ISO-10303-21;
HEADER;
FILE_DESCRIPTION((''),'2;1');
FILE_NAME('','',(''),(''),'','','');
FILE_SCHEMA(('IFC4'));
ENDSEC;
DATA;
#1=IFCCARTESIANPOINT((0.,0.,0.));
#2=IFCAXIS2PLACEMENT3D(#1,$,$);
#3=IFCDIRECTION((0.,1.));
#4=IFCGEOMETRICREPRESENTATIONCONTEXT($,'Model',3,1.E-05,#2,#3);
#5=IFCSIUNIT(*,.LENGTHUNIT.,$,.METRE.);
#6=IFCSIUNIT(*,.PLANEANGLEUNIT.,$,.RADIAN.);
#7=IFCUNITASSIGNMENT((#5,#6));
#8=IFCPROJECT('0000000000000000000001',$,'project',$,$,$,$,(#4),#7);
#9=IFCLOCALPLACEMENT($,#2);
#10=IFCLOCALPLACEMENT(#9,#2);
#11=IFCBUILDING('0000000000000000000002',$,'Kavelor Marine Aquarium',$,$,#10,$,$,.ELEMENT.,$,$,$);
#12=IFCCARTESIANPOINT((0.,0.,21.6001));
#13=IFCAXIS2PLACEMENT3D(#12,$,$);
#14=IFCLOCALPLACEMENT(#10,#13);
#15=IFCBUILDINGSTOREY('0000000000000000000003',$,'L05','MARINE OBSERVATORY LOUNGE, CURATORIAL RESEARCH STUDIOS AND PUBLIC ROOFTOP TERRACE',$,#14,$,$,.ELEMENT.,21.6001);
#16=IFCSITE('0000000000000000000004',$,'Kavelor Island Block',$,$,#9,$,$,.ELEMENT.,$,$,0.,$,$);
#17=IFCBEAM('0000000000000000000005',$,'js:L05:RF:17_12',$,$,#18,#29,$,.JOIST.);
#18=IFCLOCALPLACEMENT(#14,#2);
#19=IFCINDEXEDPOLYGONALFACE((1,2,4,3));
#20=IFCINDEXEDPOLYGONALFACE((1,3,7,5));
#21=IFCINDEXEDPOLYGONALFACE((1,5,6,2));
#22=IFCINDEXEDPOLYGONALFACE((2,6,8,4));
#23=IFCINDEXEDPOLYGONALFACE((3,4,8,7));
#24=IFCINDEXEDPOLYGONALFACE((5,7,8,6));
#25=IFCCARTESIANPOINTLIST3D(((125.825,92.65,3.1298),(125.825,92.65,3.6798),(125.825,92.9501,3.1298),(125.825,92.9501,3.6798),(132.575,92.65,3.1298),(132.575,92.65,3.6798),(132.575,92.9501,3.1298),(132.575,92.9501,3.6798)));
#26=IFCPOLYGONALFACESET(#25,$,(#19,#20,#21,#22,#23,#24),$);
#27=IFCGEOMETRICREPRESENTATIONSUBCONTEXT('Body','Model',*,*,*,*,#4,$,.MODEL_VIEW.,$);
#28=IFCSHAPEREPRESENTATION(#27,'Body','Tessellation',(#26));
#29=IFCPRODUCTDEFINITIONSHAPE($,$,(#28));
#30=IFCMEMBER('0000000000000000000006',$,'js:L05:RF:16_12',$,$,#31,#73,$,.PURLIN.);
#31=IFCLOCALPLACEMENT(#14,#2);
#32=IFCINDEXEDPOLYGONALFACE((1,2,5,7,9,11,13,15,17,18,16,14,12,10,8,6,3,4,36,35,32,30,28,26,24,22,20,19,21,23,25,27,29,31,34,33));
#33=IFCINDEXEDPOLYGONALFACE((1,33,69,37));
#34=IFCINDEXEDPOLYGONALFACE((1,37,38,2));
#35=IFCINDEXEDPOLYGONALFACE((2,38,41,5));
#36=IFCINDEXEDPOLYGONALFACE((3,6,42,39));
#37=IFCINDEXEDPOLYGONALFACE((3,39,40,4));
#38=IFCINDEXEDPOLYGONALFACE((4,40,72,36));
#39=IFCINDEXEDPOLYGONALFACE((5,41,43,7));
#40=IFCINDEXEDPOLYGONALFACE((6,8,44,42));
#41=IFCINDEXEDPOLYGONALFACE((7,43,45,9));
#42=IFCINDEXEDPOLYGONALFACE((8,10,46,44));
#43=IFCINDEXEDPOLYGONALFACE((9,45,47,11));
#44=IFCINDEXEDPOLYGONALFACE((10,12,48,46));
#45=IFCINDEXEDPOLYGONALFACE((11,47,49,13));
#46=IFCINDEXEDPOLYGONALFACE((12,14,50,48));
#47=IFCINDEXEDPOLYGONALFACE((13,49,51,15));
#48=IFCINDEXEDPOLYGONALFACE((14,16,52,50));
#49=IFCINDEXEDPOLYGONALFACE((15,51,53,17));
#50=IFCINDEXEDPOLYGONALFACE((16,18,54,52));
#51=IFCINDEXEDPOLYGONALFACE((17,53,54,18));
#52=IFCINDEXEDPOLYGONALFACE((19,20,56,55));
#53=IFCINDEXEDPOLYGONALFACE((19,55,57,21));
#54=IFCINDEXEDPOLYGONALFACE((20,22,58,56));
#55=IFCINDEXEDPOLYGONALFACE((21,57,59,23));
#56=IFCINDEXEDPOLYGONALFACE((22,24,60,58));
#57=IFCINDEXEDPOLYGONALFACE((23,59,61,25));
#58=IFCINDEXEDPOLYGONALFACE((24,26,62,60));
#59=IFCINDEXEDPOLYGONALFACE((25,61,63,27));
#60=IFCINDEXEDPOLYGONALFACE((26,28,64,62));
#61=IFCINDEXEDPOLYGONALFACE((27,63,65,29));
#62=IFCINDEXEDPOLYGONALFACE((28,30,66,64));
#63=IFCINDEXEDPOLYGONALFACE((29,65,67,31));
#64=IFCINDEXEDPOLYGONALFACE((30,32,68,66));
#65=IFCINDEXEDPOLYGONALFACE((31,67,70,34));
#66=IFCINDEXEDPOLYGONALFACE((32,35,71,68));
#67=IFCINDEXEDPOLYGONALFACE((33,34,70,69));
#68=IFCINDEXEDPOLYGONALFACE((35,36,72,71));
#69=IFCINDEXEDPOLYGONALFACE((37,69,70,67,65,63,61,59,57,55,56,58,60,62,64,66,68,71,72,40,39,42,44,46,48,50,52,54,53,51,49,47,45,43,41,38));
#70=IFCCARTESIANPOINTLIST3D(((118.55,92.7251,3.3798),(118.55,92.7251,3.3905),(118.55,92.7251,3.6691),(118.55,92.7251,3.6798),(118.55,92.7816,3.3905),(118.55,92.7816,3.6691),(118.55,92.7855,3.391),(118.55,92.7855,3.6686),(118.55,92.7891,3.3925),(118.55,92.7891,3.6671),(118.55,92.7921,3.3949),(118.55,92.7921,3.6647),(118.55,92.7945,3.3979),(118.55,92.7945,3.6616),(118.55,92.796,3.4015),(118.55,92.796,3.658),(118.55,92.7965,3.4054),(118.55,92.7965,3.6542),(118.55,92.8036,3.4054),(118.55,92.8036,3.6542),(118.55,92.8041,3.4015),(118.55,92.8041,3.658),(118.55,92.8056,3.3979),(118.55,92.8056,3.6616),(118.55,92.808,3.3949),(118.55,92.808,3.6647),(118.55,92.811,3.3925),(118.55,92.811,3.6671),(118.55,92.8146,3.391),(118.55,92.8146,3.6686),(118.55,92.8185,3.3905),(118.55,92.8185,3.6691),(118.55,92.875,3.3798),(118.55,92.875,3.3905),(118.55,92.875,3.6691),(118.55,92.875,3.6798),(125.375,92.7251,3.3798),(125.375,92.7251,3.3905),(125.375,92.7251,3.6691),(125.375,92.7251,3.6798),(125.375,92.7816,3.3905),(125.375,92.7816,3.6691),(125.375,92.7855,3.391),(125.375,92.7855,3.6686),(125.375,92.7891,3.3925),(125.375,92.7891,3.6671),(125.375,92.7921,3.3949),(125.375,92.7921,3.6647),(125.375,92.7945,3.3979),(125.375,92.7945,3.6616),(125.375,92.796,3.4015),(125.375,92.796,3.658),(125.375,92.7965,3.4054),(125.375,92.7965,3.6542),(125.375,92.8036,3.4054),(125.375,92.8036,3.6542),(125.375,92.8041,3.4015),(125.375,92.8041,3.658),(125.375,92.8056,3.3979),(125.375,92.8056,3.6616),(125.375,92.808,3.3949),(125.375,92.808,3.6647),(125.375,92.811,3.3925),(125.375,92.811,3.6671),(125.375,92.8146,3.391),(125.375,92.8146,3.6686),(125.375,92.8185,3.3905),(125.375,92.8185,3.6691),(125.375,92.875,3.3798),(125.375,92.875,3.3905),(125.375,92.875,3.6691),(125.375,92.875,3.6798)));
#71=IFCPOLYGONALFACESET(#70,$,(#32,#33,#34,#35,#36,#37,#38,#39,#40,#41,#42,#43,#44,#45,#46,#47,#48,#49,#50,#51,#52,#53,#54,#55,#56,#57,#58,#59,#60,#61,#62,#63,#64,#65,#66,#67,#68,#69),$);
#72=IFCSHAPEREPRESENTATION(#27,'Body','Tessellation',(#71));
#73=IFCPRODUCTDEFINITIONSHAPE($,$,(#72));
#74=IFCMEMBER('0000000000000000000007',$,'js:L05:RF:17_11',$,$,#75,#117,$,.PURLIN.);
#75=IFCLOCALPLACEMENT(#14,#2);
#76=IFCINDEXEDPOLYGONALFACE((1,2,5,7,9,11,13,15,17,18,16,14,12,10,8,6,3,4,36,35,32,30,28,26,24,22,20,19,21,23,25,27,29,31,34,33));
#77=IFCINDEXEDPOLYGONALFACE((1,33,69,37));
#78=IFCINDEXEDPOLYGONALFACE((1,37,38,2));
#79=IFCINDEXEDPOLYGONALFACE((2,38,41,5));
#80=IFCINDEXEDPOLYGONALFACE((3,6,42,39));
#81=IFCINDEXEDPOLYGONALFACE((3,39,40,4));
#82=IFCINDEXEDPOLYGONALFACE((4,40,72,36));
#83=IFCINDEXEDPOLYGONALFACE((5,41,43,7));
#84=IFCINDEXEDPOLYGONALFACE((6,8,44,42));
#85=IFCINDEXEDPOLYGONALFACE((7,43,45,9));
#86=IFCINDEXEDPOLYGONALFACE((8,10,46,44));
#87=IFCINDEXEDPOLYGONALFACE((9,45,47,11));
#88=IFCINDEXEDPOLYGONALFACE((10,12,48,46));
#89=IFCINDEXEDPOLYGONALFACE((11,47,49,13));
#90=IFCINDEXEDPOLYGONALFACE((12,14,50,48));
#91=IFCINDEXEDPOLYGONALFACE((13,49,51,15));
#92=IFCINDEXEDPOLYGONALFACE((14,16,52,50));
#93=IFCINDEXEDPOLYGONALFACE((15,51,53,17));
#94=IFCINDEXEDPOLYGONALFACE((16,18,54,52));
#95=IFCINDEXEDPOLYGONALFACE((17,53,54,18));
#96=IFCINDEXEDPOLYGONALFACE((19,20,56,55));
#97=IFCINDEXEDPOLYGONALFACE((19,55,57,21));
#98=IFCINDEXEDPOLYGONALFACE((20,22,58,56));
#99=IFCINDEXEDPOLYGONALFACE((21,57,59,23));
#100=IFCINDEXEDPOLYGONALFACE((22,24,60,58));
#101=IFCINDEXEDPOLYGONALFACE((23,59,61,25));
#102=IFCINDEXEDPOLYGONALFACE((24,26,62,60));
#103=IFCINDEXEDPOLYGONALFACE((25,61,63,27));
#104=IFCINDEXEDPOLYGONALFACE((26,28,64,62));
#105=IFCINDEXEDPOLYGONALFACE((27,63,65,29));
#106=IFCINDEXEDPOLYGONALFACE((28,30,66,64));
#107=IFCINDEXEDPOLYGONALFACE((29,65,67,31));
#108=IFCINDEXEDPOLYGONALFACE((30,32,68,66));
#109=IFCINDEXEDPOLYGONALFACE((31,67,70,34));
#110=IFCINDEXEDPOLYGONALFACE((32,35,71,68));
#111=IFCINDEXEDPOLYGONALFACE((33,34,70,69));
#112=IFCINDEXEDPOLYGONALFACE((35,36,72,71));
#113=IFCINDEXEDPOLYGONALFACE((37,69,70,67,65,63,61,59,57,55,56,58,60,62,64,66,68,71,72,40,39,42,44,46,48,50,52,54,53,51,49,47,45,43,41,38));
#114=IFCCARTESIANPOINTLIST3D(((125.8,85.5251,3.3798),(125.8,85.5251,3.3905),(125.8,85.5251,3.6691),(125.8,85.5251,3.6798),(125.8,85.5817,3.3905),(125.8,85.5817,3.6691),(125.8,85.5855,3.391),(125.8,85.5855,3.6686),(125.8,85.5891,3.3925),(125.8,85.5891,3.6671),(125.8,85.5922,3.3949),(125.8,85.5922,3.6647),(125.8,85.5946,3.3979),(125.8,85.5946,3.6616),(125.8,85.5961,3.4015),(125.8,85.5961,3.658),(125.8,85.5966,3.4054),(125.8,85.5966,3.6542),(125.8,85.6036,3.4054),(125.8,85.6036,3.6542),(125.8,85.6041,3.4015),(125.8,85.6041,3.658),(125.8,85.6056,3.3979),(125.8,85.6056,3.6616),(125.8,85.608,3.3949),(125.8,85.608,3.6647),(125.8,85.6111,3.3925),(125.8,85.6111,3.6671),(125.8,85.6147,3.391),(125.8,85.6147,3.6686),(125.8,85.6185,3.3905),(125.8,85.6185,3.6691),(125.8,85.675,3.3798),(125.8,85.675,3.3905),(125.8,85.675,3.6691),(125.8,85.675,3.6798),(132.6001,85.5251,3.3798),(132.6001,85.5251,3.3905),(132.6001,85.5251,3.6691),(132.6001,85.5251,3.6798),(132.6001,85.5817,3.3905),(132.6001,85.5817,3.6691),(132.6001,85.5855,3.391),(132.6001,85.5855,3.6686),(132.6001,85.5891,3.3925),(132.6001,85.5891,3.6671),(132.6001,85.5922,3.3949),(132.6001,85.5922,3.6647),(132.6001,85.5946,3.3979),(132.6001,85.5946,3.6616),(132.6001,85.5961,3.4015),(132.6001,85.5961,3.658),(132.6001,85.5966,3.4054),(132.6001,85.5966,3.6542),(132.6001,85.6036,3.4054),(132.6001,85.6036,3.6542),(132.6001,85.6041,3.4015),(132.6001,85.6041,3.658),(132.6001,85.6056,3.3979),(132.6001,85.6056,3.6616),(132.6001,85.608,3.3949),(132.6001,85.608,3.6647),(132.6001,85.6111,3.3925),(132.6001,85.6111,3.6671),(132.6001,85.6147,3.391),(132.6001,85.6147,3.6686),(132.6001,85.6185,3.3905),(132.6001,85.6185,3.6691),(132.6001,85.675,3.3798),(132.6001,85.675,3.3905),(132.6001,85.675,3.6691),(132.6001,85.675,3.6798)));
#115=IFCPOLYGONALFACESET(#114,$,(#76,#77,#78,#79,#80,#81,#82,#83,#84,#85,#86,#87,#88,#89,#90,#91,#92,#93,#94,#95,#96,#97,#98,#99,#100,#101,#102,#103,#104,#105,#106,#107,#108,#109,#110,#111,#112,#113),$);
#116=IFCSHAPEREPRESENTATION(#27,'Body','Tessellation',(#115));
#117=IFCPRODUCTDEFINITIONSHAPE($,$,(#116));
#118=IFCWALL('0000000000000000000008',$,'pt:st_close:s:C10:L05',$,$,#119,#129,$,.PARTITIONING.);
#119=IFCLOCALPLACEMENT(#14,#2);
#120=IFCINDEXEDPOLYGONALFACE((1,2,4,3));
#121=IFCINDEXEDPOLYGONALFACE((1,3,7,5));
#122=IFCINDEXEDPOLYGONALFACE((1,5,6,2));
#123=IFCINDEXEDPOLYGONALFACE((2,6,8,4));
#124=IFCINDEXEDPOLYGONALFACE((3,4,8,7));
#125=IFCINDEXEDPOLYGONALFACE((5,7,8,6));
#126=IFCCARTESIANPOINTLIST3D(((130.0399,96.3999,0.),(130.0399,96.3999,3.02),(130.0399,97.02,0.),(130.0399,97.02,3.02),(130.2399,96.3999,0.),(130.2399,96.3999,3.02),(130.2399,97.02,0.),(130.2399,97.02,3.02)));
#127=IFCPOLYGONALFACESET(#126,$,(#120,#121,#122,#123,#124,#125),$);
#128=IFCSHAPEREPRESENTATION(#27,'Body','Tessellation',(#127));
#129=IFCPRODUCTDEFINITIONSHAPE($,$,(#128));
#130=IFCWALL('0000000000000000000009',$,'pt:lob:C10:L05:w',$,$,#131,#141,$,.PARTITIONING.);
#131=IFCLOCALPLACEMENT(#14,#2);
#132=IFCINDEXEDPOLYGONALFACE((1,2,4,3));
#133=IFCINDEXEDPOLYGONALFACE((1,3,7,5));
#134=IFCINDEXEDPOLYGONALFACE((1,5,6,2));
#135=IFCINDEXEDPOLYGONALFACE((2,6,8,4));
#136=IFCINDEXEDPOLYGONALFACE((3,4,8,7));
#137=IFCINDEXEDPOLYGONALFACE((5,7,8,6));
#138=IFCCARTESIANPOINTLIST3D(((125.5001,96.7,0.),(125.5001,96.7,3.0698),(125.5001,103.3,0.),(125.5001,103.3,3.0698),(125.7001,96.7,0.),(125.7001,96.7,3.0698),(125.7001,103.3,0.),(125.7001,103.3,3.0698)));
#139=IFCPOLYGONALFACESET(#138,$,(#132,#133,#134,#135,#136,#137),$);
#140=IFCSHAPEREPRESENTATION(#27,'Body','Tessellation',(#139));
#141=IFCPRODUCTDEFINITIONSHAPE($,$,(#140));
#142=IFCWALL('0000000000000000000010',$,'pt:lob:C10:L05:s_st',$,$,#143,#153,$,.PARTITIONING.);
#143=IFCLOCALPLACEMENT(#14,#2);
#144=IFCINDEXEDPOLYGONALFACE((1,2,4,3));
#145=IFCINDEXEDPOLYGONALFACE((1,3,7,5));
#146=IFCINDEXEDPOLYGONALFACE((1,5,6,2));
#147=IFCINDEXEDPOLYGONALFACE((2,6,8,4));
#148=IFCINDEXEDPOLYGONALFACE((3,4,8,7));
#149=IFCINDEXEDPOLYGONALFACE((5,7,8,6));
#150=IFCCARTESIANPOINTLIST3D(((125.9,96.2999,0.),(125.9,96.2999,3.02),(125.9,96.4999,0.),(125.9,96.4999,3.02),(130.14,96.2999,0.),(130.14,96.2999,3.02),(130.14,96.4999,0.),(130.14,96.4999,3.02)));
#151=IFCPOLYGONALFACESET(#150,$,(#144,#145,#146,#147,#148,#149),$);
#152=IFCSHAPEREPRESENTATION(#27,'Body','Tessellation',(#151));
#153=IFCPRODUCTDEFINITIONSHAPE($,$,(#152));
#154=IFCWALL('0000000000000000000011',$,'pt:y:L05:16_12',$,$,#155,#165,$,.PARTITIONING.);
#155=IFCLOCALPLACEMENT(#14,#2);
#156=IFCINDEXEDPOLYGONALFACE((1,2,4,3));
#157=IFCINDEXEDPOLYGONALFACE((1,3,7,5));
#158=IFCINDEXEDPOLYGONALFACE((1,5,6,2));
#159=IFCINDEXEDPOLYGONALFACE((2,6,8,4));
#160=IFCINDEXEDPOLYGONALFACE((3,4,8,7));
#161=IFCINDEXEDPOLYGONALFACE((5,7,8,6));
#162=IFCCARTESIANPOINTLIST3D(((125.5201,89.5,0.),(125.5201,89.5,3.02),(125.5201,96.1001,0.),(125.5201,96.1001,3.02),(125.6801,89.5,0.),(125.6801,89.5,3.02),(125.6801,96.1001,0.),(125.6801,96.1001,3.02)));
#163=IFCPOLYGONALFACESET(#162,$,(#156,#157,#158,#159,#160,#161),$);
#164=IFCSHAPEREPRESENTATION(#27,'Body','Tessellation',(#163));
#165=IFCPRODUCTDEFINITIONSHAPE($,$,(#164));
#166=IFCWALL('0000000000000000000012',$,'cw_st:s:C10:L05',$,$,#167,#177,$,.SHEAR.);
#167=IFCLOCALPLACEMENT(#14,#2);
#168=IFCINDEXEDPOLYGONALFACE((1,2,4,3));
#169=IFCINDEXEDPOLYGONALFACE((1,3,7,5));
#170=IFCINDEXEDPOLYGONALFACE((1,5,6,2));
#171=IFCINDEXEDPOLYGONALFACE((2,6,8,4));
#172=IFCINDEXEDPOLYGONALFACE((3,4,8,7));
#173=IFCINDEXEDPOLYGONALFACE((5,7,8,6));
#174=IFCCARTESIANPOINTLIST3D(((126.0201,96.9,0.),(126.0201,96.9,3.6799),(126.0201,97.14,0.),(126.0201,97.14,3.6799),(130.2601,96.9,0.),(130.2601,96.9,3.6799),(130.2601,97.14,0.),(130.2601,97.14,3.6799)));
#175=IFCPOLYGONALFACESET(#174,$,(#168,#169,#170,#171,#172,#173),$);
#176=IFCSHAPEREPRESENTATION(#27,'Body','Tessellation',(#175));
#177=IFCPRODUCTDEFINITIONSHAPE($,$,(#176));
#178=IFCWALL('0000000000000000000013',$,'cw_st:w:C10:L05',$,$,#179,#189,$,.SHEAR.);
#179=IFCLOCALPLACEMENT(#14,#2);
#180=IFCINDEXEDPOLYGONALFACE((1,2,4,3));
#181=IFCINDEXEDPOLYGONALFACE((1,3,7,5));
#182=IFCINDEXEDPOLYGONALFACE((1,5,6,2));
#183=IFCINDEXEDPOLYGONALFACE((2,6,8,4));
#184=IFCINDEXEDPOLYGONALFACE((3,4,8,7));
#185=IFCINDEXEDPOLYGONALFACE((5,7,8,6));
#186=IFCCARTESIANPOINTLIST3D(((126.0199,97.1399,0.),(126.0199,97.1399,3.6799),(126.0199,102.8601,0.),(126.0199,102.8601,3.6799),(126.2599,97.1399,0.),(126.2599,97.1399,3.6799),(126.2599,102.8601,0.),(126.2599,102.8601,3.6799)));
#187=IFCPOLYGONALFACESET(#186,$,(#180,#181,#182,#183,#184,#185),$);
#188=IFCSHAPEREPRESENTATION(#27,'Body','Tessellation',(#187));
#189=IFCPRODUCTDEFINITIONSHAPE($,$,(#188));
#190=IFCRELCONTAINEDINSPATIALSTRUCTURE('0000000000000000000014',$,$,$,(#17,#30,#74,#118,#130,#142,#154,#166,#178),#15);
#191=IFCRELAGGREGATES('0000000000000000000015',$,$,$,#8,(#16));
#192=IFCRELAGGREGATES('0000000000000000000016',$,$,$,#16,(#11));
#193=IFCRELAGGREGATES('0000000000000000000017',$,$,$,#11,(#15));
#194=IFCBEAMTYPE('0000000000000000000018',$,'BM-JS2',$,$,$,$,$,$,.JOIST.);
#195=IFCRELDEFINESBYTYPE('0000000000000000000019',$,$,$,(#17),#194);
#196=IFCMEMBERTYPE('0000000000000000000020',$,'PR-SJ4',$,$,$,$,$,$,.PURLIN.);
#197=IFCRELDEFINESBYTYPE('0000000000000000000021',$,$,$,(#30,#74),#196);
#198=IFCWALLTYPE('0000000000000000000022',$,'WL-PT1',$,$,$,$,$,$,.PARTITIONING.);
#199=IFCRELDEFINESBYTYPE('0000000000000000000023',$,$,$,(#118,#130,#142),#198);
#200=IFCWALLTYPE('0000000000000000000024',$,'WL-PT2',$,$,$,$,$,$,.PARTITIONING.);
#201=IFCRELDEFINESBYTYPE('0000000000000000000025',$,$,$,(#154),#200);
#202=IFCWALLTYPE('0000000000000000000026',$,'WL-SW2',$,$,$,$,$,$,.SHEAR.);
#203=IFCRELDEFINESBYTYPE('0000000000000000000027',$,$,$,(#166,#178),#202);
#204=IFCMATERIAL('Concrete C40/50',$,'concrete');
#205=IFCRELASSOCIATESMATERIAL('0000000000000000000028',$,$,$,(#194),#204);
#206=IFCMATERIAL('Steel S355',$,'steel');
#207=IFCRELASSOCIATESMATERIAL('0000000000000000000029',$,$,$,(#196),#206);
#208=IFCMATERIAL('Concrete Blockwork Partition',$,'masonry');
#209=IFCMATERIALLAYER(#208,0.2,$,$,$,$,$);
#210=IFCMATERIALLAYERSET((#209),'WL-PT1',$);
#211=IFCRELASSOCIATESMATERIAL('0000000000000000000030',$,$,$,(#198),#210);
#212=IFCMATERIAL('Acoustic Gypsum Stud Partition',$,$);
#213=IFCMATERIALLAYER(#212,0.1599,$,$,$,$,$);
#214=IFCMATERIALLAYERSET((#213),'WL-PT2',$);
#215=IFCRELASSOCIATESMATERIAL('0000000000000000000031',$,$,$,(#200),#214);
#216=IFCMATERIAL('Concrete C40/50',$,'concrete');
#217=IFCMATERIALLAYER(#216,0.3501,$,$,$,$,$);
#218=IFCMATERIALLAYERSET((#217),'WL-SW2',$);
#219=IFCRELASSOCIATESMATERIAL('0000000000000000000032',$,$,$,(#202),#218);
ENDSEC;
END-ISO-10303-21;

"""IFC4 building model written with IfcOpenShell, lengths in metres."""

from ifc_helpers import new_model, si_unit, direction, frame, frame_2d, origin, origin_2d, place, context, subcontext, project, spatial, rectangle, i_section, extrude, material, layer, layer_set, material_profile, profile_set, type_object, element, save


model = new_model("IFC4")

# Units and contexts
model_context = context("Model", 3, precision=1e-05, world=origin(), true_north=direction((0.0, 1.0)))
body_context = subcontext(model_context, "Body", "Model", "MODEL_VIEW")
ifc_project = project(units=[si_unit("LENGTHUNIT", "METRE"), si_unit("PLANEANGLEUNIT", "RADIAN")], contexts=[model_context])

# Site, building, storey
site_placement = place(None, origin())
site = spatial("IfcSite", under=ifc_project, at=site_placement, Name="Kavelor Island Block", CompositionType="ELEMENT", RefElevation=0.0)
building_placement = place(site_placement, origin())
building = spatial("IfcBuilding", under=site, at=building_placement, Name="Kavelor Marine Aquarium", CompositionType="ELEMENT")
storey_placement = place(building_placement, frame((0.0, 0.0, 21.6001)))
storey = spatial("IfcBuildingStorey", under=building, at=storey_placement, Name="L05", Description="MARINE OBSERVATORY LOUNGE, CURATORIAL RESEARCH STUDIOS AND PUBLIC ROOFTOP TERRACE", CompositionType="ELEMENT", Elevation=21.6001)

# Beam
ifc_material_1 = material(Name="Concrete C40/50", Category="concrete")
ifc_material_profile_1 = material_profile(ifc_material_1, rectangle(XDim=0.3, YDim=0.55, at=origin_2d()), Name="RC-JS 300x550")
ifc_profile_set_1 = profile_set([ifc_material_profile_1], Name="Concrete C40/50")
beam_type_1 = type_object("IfcBeamType", Name="BM-JS2", PredefinedType="JOIST", material=ifc_profile_set_1)
beam_1_placement = place(storey_placement, frame((125.825, 92.8, 3.4048), z_axis=(1.0, 0.0, 0.0), x_axis=(0.0, 1.0, 0.0)))
element("IfcBeam", 1, at=beam_1_placement, inside=storey, type_object=beam_type_1, Name="js:L05:RF:17_12", PredefinedType="JOIST", context=body_context, shape_type="SweptSolid", body=[
    extrude(rectangle(XDim=0.3, YDim=0.55, at=origin_2d()), origin(), (0.0, 0.0, 1.0), 6.75),
])

# Members
ifc_material_2 = material(Name="Steel S355", Category="steel")
ifc_material_profile_2 = material_profile(ifc_material_2, i_section(OverallWidth=0.1499, OverallDepth=0.3, WebThickness=0.0071, FlangeThickness=0.0107, FilletRadius=0.0149, at=origin_2d()), Name="IPE 300")
ifc_profile_set_2 = profile_set([ifc_material_profile_2], Name="Steel S355")
member_type = type_object("IfcMemberType", Name="PR-SJ4", PredefinedType="PURLIN", material=ifc_profile_set_2)
member_1_placement = place(storey_placement, frame((118.55, 92.8, 3.5298), z_axis=(1.0, 0.0, 0.0), x_axis=(0.0, 1.0, 0.0)))
element("IfcMember", 2, at=member_1_placement, inside=storey, type_object=member_type, Name="js:L05:RF:16_12", PredefinedType="PURLIN", context=body_context, shape_type="SweptSolid", body=[
    extrude(i_section(OverallWidth=0.1499, OverallDepth=0.3, WebThickness=0.0071, FlangeThickness=0.0107, FilletRadius=0.0149, at=origin_2d()), origin(), (0.0, 0.0, 1.0), 6.825),
])
member_2_placement = place(storey_placement, frame((125.8, 85.6001, 3.5298), z_axis=(1.0, 0.0, 0.0), x_axis=(0.0, 1.0, 0.0)))
element("IfcMember", 3, at=member_2_placement, inside=storey, type_object=member_type, Name="js:L05:RF:17_11", PredefinedType="PURLIN", context=body_context, shape_type="SweptSolid", body=[
    extrude(i_section(OverallWidth=0.1499, OverallDepth=0.3, WebThickness=0.0071, FlangeThickness=0.0107, FilletRadius=0.0149, at=origin_2d()), origin(), (0.0, 0.0, 1.0), 6.8),
])

# Walls
ifc_material_3 = material(Name="Concrete Blockwork Partition", Category="masonry")
ifc_layer_1 = layer(ifc_material_3, 0.2)
ifc_layer_set_1 = layer_set([ifc_layer_1], Name="WL-PT1")
wall_type_1 = type_object("IfcWallType", Name="WL-PT1", PredefinedType="PARTITIONING", material=ifc_layer_set_1)
wall_1_placement = place(storey_placement, frame((130.1399, 96.3999, 0.0), z_axis=(0.0, 0.0, 1.0), x_axis=(0.0, 1.0, 0.0)))
element("IfcWall", 4, at=wall_1_placement, inside=storey, type_object=wall_type_1, Name="pt:st_close:s:C10:L05", PredefinedType="PARTITIONING", context=body_context, shape_type="SweptSolid", body=[
    extrude(rectangle(XDim=0.6201, YDim=0.2, at=frame_2d((0.3101, 0.0))), origin(), (0.0, 0.0, 1.0), 3.02),
])
wall_2_placement = place(storey_placement, frame((125.6001, 96.7, 0.0), z_axis=(0.0, 0.0, 1.0), x_axis=(0.0, 1.0, 0.0)))
element("IfcWall", 5, at=wall_2_placement, inside=storey, type_object=wall_type_1, Name="pt:lob:C10:L05:w", PredefinedType="PARTITIONING", context=body_context, shape_type="SweptSolid", body=[
    extrude(rectangle(XDim=6.6001, YDim=0.2, at=frame_2d((3.3, 0.0))), origin(), (0.0, 0.0, 1.0), 3.0698),
])
wall_3_placement = place(storey_placement, frame((125.8999, 96.3999, 0.0), z_axis=(0.0, 0.0, 1.0), x_axis=(1.0, 0.0, 0.0)))
element("IfcWall", 6, at=wall_3_placement, inside=storey, type_object=wall_type_1, Name="pt:lob:C10:L05:s_st", PredefinedType="PARTITIONING", context=body_context, shape_type="SweptSolid", body=[
    extrude(rectangle(XDim=4.24, YDim=0.2, at=frame_2d((2.1201, 0.0))), origin(), (0.0, 0.0, 1.0), 3.02),
])

# Walls
ifc_material_4 = material(Name="Acoustic Gypsum Stud Partition")
ifc_layer_2 = layer(ifc_material_4, 0.1599)
ifc_layer_set_2 = layer_set([ifc_layer_2], Name="WL-PT2")
wall_type_2 = type_object("IfcWallType", Name="WL-PT2", PredefinedType="PARTITIONING", material=ifc_layer_set_2)
wall_4_placement = place(storey_placement, frame((125.6001, 89.5, 0.0), z_axis=(0.0, 0.0, 1.0), x_axis=(0.0, 1.0, 0.0)))
element("IfcWall", 7, at=wall_4_placement, inside=storey, type_object=wall_type_2, Name="pt:y:L05:16_12", PredefinedType="PARTITIONING", context=body_context, shape_type="SweptSolid", body=[
    extrude(rectangle(XDim=6.6001, YDim=0.1599, at=frame_2d((3.3, 0.0))), origin(), (0.0, 0.0, 1.0), 3.02),
])
ifc_material_5 = material(Name="Concrete C40/50", Category="concrete")
ifc_layer_3 = layer(ifc_material_5, 0.3501)
ifc_layer_set_3 = layer_set([ifc_layer_3], Name="WL-SW2")
wall_type_3 = type_object("IfcWallType", Name="WL-SW2", PredefinedType="SHEAR", material=ifc_layer_set_3)
wall_5_placement = place(storey_placement, frame((126.02, 97.02, 0.0), z_axis=(0.0, 0.0, 1.0), x_axis=(1.0, 0.0, 0.0)))
element("IfcWall", 8, at=wall_5_placement, inside=storey, type_object=wall_type_3, Name="cw_st:s:C10:L05", PredefinedType="SHEAR", context=body_context, shape_type="SweptSolid", body=[
    extrude(rectangle(XDim=4.24, YDim=0.24, at=frame_2d((2.1201, 0.0))), origin(), (0.0, 0.0, 1.0), 3.6799),
])
wall_6_placement = place(storey_placement, frame((126.1399, 97.1399, 0.0), z_axis=(0.0, 0.0, 1.0), x_axis=(0.0, 1.0, 0.0)))
element("IfcWall", 9, at=wall_6_placement, inside=storey, type_object=wall_type_3, Name="cw_st:w:C10:L05", PredefinedType="SHEAR", context=body_context, shape_type="SweptSolid", body=[
    extrude(rectangle(XDim=5.7202, YDim=0.24, at=frame_2d((2.8601, 0.0))), origin(), (0.0, 0.0, 1.0), 3.6799),
])

save(model, "model.ifc")
